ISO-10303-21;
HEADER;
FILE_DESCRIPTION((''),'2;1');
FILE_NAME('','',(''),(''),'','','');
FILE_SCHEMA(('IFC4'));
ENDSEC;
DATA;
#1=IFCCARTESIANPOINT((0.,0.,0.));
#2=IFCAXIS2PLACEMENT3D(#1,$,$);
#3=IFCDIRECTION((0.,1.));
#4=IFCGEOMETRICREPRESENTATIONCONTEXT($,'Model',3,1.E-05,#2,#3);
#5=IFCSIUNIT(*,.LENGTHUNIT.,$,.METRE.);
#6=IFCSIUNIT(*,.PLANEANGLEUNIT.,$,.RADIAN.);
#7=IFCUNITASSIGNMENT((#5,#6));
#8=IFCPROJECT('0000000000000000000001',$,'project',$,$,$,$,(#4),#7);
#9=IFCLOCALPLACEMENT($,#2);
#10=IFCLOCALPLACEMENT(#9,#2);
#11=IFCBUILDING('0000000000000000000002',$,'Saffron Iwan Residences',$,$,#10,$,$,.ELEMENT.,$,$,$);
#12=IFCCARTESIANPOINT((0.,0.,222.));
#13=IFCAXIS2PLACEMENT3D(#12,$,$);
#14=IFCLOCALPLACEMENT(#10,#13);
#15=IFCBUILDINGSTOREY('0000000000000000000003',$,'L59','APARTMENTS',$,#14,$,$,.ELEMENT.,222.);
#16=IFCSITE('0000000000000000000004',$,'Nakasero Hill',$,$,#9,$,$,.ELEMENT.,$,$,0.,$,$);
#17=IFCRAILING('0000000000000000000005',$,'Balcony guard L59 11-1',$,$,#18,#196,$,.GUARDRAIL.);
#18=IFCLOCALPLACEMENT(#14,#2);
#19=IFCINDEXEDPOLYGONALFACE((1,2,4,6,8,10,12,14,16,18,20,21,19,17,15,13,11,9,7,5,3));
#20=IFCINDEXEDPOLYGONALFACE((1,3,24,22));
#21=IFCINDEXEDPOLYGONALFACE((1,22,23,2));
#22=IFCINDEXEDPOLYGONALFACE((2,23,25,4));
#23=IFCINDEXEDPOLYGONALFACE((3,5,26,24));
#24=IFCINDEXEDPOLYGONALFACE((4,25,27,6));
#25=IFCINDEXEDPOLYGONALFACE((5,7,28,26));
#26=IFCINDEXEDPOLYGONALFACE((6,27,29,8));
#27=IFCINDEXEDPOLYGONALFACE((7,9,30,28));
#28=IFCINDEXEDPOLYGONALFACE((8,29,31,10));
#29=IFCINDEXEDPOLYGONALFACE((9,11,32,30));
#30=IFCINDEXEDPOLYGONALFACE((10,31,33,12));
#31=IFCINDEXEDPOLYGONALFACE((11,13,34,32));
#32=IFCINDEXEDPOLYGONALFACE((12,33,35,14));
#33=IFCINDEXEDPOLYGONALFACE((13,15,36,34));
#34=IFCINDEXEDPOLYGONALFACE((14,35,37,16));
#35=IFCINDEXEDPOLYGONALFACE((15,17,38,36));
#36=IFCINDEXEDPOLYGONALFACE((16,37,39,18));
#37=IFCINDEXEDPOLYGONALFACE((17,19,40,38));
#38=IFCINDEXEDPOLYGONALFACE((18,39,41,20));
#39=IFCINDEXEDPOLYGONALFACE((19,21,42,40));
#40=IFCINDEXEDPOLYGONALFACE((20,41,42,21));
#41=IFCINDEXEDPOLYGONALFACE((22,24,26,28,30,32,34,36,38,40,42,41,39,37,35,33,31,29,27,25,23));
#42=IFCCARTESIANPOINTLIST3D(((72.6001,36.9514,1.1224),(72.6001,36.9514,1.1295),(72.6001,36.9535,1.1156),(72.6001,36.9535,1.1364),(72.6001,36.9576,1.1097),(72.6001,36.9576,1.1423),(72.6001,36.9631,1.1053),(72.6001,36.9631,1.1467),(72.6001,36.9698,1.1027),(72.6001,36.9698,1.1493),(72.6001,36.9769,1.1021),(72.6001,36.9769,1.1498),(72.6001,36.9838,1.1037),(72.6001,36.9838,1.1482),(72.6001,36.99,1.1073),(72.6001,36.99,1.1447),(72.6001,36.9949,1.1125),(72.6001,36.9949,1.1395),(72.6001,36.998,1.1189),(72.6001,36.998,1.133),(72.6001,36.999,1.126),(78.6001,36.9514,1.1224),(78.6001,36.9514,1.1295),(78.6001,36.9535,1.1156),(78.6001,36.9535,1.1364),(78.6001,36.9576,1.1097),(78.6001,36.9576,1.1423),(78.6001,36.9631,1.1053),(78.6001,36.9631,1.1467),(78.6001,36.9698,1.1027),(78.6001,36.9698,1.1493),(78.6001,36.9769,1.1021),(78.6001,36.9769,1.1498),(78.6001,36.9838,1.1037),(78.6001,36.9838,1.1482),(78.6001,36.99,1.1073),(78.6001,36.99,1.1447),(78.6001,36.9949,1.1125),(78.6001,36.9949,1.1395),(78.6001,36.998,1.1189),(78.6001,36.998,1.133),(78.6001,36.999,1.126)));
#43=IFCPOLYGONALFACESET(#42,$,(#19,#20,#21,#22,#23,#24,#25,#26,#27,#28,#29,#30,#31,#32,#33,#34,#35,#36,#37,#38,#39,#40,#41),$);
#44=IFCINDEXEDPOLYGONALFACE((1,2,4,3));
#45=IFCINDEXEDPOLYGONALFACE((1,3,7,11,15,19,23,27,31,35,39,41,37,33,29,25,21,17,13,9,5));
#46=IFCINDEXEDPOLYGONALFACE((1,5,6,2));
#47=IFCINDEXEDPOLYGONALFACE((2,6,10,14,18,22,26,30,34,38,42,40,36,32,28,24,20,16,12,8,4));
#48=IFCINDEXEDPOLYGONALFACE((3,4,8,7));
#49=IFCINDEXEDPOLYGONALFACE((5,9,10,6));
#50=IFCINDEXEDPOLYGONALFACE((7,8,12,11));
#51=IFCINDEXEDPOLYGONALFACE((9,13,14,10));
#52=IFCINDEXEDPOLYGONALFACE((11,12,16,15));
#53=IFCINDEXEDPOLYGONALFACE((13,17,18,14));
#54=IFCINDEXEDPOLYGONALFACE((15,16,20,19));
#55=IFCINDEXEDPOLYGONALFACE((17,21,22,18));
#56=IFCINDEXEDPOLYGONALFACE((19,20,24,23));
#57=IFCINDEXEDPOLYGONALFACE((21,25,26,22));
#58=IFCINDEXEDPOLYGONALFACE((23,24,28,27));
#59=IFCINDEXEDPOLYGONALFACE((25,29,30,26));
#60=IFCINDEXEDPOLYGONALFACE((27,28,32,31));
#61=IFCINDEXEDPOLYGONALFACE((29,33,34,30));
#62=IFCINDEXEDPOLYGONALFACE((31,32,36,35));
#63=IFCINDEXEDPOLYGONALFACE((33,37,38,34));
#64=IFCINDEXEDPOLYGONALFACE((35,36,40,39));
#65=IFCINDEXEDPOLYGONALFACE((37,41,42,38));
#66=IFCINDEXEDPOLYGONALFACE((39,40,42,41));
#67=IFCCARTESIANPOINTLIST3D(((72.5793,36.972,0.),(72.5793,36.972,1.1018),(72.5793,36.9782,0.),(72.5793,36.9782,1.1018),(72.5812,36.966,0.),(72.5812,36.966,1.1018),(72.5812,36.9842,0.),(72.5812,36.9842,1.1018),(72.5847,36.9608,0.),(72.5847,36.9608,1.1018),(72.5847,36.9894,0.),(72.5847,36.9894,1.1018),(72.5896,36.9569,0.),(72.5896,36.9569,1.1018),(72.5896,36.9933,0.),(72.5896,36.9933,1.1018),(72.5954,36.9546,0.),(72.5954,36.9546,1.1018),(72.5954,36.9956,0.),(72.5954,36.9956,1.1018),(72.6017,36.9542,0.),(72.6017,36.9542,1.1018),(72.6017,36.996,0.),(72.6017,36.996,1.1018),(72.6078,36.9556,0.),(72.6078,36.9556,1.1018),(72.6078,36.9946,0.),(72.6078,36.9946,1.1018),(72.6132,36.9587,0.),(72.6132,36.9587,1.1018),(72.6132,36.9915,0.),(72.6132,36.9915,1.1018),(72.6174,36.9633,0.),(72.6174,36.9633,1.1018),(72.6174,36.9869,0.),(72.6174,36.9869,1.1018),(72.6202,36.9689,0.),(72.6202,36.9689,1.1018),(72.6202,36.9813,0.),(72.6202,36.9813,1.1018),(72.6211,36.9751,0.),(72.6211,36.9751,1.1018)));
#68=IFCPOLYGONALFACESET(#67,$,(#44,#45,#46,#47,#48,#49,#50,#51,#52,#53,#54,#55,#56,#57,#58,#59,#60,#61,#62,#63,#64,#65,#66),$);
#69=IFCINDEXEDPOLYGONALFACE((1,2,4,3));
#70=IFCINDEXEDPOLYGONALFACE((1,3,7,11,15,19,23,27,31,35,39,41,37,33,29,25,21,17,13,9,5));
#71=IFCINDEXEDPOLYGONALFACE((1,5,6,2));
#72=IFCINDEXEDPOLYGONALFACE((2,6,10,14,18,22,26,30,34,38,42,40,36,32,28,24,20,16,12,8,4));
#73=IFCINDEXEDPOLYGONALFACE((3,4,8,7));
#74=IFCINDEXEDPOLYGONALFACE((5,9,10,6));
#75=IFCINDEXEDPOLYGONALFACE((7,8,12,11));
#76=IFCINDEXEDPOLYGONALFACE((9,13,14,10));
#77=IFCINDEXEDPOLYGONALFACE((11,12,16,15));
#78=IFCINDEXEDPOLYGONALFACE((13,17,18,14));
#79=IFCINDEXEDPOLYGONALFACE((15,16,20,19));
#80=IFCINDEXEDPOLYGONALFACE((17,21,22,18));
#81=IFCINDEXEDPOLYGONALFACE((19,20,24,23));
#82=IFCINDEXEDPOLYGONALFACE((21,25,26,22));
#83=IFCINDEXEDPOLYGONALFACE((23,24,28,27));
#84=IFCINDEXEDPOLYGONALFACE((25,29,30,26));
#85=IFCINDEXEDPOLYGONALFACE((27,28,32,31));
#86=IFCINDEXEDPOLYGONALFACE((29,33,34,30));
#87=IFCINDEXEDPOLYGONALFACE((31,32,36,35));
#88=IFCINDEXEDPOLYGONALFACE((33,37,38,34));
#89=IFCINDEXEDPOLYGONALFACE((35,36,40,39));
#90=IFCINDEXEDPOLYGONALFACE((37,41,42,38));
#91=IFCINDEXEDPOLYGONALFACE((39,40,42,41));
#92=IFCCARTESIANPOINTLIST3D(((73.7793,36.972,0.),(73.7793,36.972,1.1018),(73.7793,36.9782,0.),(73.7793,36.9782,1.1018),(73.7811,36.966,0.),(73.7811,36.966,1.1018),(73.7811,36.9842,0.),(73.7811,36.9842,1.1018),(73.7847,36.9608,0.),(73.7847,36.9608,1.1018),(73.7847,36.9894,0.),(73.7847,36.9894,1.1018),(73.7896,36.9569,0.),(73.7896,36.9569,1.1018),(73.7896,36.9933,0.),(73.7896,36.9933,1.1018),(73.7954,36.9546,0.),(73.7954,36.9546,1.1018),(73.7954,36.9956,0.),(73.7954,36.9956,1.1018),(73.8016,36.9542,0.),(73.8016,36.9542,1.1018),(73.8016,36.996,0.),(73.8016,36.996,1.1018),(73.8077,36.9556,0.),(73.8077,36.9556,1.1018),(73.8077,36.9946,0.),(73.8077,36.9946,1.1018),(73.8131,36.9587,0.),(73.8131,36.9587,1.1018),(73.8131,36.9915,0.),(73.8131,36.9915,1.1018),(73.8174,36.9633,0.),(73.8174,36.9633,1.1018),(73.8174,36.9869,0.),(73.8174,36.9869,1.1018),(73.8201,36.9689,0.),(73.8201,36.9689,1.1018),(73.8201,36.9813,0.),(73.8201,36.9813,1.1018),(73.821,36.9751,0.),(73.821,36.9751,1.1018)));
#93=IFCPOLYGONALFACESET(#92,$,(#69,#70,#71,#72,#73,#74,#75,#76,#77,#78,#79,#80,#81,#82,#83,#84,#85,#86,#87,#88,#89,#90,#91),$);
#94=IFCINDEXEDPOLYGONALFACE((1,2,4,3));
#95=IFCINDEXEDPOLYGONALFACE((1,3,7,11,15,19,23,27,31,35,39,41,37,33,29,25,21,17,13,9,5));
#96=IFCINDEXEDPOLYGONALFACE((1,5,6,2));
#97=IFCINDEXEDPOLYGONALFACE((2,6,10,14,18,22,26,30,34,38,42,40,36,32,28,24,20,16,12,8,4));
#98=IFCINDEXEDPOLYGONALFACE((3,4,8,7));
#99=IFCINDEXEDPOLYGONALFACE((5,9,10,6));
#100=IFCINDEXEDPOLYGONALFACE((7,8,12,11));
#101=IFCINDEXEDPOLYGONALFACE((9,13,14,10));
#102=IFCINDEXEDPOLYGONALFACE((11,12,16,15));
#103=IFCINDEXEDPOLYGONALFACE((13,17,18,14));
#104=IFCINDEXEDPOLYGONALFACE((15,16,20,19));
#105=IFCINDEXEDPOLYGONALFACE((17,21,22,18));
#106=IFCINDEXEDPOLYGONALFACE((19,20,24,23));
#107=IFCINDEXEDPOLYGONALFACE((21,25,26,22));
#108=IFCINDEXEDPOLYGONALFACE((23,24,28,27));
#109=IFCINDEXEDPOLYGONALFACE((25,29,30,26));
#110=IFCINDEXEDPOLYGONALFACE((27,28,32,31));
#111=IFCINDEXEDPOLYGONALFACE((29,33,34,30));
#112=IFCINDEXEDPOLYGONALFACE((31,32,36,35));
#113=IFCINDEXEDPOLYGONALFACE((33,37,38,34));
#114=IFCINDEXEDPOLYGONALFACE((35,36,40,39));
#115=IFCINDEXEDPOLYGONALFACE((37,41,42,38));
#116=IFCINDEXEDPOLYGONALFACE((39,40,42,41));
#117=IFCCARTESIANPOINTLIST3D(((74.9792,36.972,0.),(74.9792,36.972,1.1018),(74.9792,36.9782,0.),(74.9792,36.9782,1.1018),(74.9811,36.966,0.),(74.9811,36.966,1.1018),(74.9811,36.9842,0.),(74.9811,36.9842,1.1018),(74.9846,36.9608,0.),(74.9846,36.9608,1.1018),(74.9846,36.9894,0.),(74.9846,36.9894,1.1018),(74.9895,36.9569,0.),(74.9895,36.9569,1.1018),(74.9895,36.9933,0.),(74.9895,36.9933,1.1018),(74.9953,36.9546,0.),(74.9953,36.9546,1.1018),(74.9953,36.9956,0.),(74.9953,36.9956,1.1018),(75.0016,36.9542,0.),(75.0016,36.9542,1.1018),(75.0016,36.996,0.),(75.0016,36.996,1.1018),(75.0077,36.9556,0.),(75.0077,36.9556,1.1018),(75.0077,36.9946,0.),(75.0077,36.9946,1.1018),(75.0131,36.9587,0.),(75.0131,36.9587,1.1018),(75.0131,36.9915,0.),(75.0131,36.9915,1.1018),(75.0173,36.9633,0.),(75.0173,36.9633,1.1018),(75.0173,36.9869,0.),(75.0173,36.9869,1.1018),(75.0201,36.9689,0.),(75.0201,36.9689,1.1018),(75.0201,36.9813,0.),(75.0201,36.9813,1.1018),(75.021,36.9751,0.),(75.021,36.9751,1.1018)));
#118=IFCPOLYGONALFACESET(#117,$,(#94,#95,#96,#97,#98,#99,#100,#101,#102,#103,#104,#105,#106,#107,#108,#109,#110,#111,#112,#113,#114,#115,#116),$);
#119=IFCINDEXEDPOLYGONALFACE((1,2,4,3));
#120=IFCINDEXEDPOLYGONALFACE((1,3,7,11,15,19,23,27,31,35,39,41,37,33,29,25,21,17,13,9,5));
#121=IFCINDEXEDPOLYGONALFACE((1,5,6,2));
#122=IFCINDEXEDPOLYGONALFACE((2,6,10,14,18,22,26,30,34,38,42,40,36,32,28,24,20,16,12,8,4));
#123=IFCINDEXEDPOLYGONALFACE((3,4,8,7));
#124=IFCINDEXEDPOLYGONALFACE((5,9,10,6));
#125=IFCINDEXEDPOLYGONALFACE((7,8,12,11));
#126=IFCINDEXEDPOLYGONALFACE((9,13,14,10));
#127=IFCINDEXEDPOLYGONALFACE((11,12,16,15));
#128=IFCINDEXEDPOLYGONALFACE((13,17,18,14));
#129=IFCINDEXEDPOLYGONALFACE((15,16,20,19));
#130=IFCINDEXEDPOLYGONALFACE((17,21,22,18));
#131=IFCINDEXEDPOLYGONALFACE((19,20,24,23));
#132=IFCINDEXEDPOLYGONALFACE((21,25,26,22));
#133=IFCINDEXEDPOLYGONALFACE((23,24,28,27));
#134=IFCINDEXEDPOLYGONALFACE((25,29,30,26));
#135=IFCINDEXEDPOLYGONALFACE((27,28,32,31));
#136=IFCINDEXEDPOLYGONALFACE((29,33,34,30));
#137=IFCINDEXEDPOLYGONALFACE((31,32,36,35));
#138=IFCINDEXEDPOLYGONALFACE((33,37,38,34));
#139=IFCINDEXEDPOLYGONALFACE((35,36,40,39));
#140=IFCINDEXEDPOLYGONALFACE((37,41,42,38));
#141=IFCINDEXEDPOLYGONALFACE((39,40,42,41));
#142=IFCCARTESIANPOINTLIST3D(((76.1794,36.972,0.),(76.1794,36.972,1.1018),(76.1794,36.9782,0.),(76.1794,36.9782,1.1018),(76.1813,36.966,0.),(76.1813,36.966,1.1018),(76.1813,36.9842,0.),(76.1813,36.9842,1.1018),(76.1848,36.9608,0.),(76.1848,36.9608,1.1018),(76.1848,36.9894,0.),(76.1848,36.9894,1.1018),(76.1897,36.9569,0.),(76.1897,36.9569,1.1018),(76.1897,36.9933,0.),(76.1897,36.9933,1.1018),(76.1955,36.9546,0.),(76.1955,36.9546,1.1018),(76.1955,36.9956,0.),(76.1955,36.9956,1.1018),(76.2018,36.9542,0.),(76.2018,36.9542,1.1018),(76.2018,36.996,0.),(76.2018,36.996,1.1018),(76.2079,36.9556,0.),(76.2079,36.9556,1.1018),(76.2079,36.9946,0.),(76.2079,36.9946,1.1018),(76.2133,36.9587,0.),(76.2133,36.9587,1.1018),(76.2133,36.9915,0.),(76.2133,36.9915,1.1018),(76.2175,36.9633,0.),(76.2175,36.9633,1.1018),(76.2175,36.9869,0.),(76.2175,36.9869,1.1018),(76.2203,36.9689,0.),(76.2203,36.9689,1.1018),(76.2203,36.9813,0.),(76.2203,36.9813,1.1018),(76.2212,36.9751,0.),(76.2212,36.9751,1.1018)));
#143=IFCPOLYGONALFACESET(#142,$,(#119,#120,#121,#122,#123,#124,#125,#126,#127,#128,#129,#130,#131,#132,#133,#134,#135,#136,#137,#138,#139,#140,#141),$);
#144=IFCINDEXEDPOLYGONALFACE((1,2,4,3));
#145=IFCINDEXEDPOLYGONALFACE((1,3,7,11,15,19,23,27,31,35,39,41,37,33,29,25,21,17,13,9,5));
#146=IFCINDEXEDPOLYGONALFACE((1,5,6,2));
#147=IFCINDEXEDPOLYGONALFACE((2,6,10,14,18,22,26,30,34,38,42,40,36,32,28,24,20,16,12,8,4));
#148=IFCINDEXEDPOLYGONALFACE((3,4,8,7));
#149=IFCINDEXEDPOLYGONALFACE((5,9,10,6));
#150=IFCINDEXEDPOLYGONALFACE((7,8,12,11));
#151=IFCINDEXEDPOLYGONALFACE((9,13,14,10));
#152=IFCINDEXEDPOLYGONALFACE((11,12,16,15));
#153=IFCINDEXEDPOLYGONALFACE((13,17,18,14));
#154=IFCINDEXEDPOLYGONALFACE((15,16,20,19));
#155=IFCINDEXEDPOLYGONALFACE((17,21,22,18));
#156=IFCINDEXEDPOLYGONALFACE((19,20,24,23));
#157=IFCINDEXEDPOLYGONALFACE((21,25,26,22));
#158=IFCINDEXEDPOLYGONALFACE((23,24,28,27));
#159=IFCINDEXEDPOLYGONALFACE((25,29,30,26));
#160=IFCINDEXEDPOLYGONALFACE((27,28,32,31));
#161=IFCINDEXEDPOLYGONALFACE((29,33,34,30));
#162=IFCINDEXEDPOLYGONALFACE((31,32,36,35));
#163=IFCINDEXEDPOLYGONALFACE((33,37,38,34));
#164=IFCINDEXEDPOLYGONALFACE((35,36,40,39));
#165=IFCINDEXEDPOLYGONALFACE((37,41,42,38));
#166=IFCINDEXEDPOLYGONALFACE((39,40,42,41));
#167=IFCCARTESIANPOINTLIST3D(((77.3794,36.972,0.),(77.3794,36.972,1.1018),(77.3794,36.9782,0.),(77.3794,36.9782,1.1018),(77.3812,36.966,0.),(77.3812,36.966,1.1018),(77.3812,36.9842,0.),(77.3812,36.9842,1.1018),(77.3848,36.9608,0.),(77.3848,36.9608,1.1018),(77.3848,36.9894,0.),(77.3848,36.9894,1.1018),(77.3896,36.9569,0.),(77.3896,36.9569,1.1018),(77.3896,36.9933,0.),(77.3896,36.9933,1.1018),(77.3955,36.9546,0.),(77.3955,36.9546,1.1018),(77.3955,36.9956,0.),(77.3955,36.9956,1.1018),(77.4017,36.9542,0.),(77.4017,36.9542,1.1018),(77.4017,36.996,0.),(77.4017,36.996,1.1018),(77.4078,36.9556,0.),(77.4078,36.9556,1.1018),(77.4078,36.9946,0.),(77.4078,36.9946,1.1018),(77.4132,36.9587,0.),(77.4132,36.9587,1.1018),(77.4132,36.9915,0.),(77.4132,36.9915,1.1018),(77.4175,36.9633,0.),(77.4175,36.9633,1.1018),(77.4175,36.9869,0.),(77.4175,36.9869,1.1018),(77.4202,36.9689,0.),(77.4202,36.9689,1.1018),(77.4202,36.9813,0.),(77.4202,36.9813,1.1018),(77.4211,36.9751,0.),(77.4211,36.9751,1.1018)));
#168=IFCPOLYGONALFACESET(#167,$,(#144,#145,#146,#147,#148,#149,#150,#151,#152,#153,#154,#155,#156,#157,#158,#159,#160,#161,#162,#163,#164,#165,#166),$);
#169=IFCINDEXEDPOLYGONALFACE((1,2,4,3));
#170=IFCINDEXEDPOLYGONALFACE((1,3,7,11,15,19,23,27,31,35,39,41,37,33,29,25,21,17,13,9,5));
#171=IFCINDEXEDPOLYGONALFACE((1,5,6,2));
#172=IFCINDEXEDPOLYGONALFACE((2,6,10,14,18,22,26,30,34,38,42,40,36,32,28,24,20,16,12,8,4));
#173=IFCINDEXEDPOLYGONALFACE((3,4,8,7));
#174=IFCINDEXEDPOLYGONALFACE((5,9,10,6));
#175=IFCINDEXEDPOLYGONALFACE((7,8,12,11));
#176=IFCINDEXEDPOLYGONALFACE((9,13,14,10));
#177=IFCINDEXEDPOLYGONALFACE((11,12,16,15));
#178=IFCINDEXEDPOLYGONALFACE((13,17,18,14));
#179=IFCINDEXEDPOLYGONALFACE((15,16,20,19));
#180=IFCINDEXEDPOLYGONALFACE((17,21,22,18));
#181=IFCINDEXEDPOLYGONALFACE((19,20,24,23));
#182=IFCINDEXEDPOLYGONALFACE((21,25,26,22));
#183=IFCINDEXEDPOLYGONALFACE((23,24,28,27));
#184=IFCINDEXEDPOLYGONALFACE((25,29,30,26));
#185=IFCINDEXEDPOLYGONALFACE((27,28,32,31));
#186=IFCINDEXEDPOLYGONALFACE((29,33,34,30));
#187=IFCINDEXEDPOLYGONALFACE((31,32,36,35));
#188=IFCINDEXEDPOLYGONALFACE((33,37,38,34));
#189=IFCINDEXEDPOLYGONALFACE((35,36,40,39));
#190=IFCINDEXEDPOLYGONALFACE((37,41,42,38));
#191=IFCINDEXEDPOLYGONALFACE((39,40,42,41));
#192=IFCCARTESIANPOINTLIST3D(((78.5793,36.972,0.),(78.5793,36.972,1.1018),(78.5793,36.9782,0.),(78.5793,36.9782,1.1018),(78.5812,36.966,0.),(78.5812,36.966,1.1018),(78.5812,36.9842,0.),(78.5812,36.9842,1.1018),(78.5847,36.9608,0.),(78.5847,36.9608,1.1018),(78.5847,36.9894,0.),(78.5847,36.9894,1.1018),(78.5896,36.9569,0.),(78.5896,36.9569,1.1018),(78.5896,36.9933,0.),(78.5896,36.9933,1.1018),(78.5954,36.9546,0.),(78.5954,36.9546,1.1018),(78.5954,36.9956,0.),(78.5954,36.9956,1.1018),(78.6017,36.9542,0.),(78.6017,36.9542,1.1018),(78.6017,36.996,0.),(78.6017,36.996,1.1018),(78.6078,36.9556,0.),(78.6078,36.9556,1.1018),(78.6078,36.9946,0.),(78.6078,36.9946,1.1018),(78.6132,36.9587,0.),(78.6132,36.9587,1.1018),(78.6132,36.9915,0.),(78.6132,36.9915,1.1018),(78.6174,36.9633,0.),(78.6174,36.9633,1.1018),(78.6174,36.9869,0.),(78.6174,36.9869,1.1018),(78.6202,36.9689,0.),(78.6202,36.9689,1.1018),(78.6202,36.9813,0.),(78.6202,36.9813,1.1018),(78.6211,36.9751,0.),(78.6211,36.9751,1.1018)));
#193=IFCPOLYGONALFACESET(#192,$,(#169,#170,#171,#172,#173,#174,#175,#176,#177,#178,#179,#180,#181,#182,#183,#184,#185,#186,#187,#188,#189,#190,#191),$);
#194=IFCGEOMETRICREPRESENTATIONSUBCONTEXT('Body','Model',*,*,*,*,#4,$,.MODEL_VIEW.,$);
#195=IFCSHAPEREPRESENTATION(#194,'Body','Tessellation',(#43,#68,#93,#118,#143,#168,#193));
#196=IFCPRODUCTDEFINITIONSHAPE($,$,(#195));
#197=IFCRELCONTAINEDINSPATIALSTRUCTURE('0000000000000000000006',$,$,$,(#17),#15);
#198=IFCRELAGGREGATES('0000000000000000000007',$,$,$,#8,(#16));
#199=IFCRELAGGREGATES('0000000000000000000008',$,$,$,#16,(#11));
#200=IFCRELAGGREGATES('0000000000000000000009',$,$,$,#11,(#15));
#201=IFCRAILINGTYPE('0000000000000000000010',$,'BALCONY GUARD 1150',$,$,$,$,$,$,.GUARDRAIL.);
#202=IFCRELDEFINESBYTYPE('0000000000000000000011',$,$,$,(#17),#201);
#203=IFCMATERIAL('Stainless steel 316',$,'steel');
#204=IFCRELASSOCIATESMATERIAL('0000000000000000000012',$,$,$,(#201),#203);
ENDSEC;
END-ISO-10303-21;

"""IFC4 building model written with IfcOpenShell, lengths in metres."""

from ifc_helpers import new_model, si_unit, direction, frame, origin, origin_2d, place, context, subcontext, project, spatial, circle, extrude, material, type_object, element, save


model = new_model("IFC4")

# Units and contexts
model_context = context("Model", 3, precision=1e-05, world=origin(), true_north=direction((0.0, 1.0)))
body_context = subcontext(model_context, "Body", "Model", "MODEL_VIEW")
ifc_project = project(units=[si_unit("LENGTHUNIT", "METRE"), si_unit("PLANEANGLEUNIT", "RADIAN")], contexts=[model_context])

# Site, building, storey
site_placement = place(None, origin())
site = spatial("IfcSite", under=ifc_project, at=site_placement, Name="Nakasero Hill", CompositionType="ELEMENT", RefElevation=0.0)
building_placement = place(site_placement, origin())
building = spatial("IfcBuilding", under=site, at=building_placement, Name="Saffron Iwan Residences", CompositionType="ELEMENT")
storey_placement = place(building_placement, frame((0.0, 0.0, 222.0)))
storey = spatial("IfcBuildingStorey", under=building, at=storey_placement, Name="L59", Description="APARTMENTS", CompositionType="ELEMENT", Elevation=222.0)

# Railing
ifc_material_1 = material(Name="Stainless steel 316", Category="steel")
railing_type = type_object("IfcRailingType", Name="BALCONY GUARD 1150", PredefinedType="GUARDRAIL", material=ifc_material_1)
railing_placement = place(storey_placement, frame((72.6001, 36.9751, 0.0)))
element("IfcRailing", 1, at=railing_placement, inside=storey, type_object=railing_type, Name="Balcony guard L59 11-1", PredefinedType="GUARDRAIL", context=body_context, shape_type="SweptSolid", body=[
    extrude(circle(Radius=0.0239, at=origin_2d()), frame((0.0, 0.0, 1.126), z_axis=(1.0, 0.0, 0.0), x_axis=(0.0, 1.0, 0.0)), (0.0, 0.0, 1.0), 6.0),
    extrude(circle(Radius=0.021, at=origin_2d()), origin(), (0.0, 0.0, 1.0), 1.1018),
    extrude(circle(Radius=0.021, at=origin_2d()), frame((1.2, 0.0, 0.0)), (0.0, 0.0, 1.0), 1.1018),
    extrude(circle(Radius=0.021, at=origin_2d()), frame((2.3999, 0.0, 0.0)), (0.0, 0.0, 1.0), 1.1018),
    extrude(circle(Radius=0.021, at=origin_2d()), frame((3.6001, 0.0, 0.0)), (0.0, 0.0, 1.0), 1.1018),
    extrude(circle(Radius=0.021, at=origin_2d()), frame((4.8, 0.0, 0.0)), (0.0, 0.0, 1.0), 1.1018),
    extrude(circle(Radius=0.021, at=origin_2d()), frame((6.0, 0.0, 0.0)), (0.0, 0.0, 1.0), 1.1018),
])

save(model, "model.ifc")
